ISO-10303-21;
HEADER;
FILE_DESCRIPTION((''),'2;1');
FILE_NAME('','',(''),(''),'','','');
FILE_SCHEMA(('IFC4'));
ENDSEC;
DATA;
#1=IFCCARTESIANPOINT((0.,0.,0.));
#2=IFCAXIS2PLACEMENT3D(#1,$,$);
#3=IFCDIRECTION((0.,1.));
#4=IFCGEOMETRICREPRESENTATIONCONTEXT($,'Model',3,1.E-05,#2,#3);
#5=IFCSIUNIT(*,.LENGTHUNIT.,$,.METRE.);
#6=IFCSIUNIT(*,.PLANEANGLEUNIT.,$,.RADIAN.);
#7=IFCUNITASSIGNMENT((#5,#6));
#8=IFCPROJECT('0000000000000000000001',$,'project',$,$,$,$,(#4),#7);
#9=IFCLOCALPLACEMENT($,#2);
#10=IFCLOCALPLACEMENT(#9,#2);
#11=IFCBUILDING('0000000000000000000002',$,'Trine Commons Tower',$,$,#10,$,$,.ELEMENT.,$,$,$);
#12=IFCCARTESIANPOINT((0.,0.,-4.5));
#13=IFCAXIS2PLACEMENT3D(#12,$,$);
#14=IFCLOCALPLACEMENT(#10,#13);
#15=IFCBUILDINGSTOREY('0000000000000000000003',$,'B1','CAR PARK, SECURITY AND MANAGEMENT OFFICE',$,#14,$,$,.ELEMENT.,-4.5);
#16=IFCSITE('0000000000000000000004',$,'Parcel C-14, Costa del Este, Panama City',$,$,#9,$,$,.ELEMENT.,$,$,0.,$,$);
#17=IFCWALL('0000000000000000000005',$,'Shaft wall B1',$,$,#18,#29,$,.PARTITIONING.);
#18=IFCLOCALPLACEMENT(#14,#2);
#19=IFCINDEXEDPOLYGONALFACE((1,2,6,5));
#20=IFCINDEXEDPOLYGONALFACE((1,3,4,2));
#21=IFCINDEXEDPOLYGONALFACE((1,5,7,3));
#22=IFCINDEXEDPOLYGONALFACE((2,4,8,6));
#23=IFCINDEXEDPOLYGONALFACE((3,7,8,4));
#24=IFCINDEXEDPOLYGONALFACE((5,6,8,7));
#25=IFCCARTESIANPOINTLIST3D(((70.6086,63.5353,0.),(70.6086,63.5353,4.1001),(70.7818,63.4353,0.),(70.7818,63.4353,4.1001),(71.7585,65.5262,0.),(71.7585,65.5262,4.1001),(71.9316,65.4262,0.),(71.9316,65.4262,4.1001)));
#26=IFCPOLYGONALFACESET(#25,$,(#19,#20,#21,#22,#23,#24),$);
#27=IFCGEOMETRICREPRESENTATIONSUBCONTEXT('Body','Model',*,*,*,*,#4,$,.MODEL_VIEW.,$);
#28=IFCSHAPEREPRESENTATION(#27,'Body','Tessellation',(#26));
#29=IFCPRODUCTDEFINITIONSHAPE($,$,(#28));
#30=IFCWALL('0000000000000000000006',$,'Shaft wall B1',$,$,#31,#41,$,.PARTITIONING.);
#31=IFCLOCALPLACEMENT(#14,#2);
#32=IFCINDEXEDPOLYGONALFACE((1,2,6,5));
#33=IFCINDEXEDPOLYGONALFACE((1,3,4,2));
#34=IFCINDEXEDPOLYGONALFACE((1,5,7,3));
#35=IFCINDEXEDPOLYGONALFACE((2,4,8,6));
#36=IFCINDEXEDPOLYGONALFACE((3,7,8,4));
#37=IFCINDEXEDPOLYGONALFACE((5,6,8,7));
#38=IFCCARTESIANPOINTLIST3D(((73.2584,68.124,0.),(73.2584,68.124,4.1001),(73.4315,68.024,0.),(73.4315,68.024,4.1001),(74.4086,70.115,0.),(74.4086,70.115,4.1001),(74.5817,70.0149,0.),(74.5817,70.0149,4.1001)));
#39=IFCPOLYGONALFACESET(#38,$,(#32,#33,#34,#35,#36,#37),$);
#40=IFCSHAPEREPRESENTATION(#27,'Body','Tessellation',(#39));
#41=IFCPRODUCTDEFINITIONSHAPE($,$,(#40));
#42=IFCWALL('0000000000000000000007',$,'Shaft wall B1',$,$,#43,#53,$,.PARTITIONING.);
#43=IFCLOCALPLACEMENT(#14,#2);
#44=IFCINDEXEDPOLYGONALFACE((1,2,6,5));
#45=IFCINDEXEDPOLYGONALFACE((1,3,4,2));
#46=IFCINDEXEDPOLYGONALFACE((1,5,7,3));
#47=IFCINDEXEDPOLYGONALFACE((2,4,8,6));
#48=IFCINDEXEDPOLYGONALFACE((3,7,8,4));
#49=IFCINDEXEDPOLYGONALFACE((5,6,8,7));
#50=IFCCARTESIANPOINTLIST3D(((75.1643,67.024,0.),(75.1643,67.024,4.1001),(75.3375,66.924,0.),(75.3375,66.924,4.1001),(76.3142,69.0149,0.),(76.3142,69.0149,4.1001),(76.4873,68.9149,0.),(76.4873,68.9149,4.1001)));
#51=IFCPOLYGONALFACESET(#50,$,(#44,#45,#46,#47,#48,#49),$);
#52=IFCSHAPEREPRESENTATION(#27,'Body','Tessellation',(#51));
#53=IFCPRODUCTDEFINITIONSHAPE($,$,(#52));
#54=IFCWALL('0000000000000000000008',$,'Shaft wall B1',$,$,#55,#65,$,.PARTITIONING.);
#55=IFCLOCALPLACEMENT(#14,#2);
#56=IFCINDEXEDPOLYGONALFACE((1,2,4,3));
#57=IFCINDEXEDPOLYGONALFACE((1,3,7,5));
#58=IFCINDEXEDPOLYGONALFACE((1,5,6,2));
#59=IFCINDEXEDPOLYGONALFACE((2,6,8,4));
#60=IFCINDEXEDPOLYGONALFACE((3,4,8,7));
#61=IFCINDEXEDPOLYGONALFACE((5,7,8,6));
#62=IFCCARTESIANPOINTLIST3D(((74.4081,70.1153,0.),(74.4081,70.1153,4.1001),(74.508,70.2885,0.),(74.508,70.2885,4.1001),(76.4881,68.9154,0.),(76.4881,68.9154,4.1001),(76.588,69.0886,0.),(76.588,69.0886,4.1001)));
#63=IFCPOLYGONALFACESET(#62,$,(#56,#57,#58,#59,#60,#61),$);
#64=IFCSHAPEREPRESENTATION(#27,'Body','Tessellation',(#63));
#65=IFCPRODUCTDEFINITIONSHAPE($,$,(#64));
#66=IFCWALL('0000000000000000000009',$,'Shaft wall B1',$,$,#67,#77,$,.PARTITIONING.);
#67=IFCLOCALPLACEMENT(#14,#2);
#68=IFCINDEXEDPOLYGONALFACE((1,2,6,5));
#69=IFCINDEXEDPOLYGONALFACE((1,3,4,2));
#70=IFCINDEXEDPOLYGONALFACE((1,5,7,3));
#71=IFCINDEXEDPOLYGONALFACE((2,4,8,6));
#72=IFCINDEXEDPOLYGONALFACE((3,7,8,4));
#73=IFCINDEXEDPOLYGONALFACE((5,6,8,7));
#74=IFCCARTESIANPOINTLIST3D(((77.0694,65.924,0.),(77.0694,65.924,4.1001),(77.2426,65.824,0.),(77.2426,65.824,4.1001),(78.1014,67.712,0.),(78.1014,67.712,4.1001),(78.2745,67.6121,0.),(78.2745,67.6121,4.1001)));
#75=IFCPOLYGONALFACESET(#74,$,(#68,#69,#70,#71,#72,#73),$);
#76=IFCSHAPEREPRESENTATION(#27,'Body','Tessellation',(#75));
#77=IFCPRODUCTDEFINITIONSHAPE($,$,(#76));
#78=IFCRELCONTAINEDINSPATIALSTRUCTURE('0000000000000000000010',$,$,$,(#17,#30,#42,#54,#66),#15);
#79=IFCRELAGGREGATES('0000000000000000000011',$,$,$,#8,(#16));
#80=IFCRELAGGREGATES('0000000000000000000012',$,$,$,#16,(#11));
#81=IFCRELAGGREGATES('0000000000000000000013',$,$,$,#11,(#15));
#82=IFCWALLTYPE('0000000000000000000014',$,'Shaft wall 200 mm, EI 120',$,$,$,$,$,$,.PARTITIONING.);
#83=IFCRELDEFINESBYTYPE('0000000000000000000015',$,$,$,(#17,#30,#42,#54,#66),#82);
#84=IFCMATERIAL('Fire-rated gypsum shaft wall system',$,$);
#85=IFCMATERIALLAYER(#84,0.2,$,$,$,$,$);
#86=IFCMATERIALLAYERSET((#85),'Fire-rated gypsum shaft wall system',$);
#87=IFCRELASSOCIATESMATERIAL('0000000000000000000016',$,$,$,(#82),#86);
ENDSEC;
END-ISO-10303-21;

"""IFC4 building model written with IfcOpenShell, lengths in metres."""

from ifc_helpers import new_model, si_unit, direction, frame, frame_2d, origin, place, context, subcontext, project, spatial, rectangle, extrude, material, layer, layer_set, type_object, element, save


model = new_model("IFC4")

# Units and contexts
model_context = context("Model", 3, precision=1e-05, world=origin(), true_north=direction((0.0, 1.0)))
body_context = subcontext(model_context, "Body", "Model", "MODEL_VIEW")
ifc_project = project(units=[si_unit("LENGTHUNIT", "METRE"), si_unit("PLANEANGLEUNIT", "RADIAN")], contexts=[model_context])

# Site, building, storey
site_placement = place(None, origin())
site = spatial("IfcSite", under=ifc_project, at=site_placement, Name="Parcel C-14, Costa del Este, Panama City", CompositionType="ELEMENT", RefElevation=0.0)
building_placement = place(site_placement, origin())
building = spatial("IfcBuilding", under=site, at=building_placement, Name="Trine Commons Tower", CompositionType="ELEMENT")
storey_placement = place(building_placement, frame((0.0, 0.0, -4.5)))
storey = spatial("IfcBuildingStorey", under=building, at=storey_placement, Name="B1", Description="CAR PARK, SECURITY AND MANAGEMENT OFFICE", CompositionType="ELEMENT", Elevation=-4.5)

# Walls
ifc_material_1 = material(Name="Fire-rated gypsum shaft wall system")
ifc_layer_1 = layer(ifc_material_1, 0.2)
ifc_layer_set_1 = layer_set([ifc_layer_1], Name="Fire-rated gypsum shaft wall system")
wall_type_1 = type_object("IfcWallType", Name="Shaft wall 200 mm, EI 120", PredefinedType="PARTITIONING", material=ifc_layer_set_1)
wall_1_placement = place(storey_placement, frame((71.845, 65.4761, 0.0), z_axis=(0.0, 0.0, 1.0), x_axis=(-0.500136, -0.865947, 0.0)))
element("IfcWall", 1, at=wall_1_placement, inside=storey, type_object=wall_type_1, Name="Shaft wall B1", PredefinedType="PARTITIONING", context=body_context, shape_type="SweptSolid", body=[
    extrude(rectangle(XDim=2.2991, YDim=0.2, at=frame_2d((1.1494, 0.0))), origin(), (0.0, 0.0, 1.0), 4.1001),
])
wall_2_placement = place(storey_placement, frame((73.345, 68.074, 0.0), z_axis=(0.0, 0.0, 1.0), x_axis=(0.500216, 0.865901, 0.0)))
element("IfcWall", 2, at=wall_2_placement, inside=storey, type_object=wall_type_1, Name="Shaft wall B1", PredefinedType="PARTITIONING", context=body_context, shape_type="SweptSolid", body=[
    extrude(rectangle(XDim=2.2993, YDim=0.2, at=frame_2d((1.1497, 0.0))), origin(), (0.0, 0.0, 1.0), 4.1001),
])
wall_3_placement = place(storey_placement, frame((75.251, 66.9741, 0.0), z_axis=(0.0, 0.0, 1.0), x_axis=(0.500136, 0.865947, 0.0)))
element("IfcWall", 3, at=wall_3_placement, inside=storey, type_object=wall_type_1, Name="Shaft wall B1", PredefinedType="PARTITIONING", context=body_context, shape_type="SweptSolid", body=[
    extrude(rectangle(XDim=2.2991, YDim=0.2, at=frame_2d((1.1494, 0.0))), origin(), (0.0, 0.0, 1.0), 4.1001),
])
wall_4_placement = place(storey_placement, frame((76.5381, 69.002, 0.0), z_axis=(0.0, 0.0, 1.0), x_axis=(-0.866203, 0.499693, 0.0)))
element("IfcWall", 4, at=wall_4_placement, inside=storey, type_object=wall_type_1, Name="Shaft wall B1", PredefinedType="PARTITIONING", context=body_context, shape_type="SweptSolid", body=[
    extrude(rectangle(XDim=2.4014, YDim=0.2, at=frame_2d((1.2007, 0.0))), origin(), (0.0, 0.0, 1.0), 4.1001),
])
wall_5_placement = place(storey_placement, frame((77.156, 65.874, 0.0), z_axis=(0.0, 0.0, 1.0), x_axis=(0.499866, 0.866103, 0.0)))
element("IfcWall", 5, at=wall_5_placement, inside=storey, type_object=wall_type_1, Name="Shaft wall B1", PredefinedType="PARTITIONING", context=body_context, shape_type="SweptSolid", body=[
    extrude(rectangle(XDim=2.0645, YDim=0.2, at=frame_2d((1.0322, 0.0))), origin(), (0.0, 0.0, 1.0), 4.1001),
])

save(model, "model.ifc")
